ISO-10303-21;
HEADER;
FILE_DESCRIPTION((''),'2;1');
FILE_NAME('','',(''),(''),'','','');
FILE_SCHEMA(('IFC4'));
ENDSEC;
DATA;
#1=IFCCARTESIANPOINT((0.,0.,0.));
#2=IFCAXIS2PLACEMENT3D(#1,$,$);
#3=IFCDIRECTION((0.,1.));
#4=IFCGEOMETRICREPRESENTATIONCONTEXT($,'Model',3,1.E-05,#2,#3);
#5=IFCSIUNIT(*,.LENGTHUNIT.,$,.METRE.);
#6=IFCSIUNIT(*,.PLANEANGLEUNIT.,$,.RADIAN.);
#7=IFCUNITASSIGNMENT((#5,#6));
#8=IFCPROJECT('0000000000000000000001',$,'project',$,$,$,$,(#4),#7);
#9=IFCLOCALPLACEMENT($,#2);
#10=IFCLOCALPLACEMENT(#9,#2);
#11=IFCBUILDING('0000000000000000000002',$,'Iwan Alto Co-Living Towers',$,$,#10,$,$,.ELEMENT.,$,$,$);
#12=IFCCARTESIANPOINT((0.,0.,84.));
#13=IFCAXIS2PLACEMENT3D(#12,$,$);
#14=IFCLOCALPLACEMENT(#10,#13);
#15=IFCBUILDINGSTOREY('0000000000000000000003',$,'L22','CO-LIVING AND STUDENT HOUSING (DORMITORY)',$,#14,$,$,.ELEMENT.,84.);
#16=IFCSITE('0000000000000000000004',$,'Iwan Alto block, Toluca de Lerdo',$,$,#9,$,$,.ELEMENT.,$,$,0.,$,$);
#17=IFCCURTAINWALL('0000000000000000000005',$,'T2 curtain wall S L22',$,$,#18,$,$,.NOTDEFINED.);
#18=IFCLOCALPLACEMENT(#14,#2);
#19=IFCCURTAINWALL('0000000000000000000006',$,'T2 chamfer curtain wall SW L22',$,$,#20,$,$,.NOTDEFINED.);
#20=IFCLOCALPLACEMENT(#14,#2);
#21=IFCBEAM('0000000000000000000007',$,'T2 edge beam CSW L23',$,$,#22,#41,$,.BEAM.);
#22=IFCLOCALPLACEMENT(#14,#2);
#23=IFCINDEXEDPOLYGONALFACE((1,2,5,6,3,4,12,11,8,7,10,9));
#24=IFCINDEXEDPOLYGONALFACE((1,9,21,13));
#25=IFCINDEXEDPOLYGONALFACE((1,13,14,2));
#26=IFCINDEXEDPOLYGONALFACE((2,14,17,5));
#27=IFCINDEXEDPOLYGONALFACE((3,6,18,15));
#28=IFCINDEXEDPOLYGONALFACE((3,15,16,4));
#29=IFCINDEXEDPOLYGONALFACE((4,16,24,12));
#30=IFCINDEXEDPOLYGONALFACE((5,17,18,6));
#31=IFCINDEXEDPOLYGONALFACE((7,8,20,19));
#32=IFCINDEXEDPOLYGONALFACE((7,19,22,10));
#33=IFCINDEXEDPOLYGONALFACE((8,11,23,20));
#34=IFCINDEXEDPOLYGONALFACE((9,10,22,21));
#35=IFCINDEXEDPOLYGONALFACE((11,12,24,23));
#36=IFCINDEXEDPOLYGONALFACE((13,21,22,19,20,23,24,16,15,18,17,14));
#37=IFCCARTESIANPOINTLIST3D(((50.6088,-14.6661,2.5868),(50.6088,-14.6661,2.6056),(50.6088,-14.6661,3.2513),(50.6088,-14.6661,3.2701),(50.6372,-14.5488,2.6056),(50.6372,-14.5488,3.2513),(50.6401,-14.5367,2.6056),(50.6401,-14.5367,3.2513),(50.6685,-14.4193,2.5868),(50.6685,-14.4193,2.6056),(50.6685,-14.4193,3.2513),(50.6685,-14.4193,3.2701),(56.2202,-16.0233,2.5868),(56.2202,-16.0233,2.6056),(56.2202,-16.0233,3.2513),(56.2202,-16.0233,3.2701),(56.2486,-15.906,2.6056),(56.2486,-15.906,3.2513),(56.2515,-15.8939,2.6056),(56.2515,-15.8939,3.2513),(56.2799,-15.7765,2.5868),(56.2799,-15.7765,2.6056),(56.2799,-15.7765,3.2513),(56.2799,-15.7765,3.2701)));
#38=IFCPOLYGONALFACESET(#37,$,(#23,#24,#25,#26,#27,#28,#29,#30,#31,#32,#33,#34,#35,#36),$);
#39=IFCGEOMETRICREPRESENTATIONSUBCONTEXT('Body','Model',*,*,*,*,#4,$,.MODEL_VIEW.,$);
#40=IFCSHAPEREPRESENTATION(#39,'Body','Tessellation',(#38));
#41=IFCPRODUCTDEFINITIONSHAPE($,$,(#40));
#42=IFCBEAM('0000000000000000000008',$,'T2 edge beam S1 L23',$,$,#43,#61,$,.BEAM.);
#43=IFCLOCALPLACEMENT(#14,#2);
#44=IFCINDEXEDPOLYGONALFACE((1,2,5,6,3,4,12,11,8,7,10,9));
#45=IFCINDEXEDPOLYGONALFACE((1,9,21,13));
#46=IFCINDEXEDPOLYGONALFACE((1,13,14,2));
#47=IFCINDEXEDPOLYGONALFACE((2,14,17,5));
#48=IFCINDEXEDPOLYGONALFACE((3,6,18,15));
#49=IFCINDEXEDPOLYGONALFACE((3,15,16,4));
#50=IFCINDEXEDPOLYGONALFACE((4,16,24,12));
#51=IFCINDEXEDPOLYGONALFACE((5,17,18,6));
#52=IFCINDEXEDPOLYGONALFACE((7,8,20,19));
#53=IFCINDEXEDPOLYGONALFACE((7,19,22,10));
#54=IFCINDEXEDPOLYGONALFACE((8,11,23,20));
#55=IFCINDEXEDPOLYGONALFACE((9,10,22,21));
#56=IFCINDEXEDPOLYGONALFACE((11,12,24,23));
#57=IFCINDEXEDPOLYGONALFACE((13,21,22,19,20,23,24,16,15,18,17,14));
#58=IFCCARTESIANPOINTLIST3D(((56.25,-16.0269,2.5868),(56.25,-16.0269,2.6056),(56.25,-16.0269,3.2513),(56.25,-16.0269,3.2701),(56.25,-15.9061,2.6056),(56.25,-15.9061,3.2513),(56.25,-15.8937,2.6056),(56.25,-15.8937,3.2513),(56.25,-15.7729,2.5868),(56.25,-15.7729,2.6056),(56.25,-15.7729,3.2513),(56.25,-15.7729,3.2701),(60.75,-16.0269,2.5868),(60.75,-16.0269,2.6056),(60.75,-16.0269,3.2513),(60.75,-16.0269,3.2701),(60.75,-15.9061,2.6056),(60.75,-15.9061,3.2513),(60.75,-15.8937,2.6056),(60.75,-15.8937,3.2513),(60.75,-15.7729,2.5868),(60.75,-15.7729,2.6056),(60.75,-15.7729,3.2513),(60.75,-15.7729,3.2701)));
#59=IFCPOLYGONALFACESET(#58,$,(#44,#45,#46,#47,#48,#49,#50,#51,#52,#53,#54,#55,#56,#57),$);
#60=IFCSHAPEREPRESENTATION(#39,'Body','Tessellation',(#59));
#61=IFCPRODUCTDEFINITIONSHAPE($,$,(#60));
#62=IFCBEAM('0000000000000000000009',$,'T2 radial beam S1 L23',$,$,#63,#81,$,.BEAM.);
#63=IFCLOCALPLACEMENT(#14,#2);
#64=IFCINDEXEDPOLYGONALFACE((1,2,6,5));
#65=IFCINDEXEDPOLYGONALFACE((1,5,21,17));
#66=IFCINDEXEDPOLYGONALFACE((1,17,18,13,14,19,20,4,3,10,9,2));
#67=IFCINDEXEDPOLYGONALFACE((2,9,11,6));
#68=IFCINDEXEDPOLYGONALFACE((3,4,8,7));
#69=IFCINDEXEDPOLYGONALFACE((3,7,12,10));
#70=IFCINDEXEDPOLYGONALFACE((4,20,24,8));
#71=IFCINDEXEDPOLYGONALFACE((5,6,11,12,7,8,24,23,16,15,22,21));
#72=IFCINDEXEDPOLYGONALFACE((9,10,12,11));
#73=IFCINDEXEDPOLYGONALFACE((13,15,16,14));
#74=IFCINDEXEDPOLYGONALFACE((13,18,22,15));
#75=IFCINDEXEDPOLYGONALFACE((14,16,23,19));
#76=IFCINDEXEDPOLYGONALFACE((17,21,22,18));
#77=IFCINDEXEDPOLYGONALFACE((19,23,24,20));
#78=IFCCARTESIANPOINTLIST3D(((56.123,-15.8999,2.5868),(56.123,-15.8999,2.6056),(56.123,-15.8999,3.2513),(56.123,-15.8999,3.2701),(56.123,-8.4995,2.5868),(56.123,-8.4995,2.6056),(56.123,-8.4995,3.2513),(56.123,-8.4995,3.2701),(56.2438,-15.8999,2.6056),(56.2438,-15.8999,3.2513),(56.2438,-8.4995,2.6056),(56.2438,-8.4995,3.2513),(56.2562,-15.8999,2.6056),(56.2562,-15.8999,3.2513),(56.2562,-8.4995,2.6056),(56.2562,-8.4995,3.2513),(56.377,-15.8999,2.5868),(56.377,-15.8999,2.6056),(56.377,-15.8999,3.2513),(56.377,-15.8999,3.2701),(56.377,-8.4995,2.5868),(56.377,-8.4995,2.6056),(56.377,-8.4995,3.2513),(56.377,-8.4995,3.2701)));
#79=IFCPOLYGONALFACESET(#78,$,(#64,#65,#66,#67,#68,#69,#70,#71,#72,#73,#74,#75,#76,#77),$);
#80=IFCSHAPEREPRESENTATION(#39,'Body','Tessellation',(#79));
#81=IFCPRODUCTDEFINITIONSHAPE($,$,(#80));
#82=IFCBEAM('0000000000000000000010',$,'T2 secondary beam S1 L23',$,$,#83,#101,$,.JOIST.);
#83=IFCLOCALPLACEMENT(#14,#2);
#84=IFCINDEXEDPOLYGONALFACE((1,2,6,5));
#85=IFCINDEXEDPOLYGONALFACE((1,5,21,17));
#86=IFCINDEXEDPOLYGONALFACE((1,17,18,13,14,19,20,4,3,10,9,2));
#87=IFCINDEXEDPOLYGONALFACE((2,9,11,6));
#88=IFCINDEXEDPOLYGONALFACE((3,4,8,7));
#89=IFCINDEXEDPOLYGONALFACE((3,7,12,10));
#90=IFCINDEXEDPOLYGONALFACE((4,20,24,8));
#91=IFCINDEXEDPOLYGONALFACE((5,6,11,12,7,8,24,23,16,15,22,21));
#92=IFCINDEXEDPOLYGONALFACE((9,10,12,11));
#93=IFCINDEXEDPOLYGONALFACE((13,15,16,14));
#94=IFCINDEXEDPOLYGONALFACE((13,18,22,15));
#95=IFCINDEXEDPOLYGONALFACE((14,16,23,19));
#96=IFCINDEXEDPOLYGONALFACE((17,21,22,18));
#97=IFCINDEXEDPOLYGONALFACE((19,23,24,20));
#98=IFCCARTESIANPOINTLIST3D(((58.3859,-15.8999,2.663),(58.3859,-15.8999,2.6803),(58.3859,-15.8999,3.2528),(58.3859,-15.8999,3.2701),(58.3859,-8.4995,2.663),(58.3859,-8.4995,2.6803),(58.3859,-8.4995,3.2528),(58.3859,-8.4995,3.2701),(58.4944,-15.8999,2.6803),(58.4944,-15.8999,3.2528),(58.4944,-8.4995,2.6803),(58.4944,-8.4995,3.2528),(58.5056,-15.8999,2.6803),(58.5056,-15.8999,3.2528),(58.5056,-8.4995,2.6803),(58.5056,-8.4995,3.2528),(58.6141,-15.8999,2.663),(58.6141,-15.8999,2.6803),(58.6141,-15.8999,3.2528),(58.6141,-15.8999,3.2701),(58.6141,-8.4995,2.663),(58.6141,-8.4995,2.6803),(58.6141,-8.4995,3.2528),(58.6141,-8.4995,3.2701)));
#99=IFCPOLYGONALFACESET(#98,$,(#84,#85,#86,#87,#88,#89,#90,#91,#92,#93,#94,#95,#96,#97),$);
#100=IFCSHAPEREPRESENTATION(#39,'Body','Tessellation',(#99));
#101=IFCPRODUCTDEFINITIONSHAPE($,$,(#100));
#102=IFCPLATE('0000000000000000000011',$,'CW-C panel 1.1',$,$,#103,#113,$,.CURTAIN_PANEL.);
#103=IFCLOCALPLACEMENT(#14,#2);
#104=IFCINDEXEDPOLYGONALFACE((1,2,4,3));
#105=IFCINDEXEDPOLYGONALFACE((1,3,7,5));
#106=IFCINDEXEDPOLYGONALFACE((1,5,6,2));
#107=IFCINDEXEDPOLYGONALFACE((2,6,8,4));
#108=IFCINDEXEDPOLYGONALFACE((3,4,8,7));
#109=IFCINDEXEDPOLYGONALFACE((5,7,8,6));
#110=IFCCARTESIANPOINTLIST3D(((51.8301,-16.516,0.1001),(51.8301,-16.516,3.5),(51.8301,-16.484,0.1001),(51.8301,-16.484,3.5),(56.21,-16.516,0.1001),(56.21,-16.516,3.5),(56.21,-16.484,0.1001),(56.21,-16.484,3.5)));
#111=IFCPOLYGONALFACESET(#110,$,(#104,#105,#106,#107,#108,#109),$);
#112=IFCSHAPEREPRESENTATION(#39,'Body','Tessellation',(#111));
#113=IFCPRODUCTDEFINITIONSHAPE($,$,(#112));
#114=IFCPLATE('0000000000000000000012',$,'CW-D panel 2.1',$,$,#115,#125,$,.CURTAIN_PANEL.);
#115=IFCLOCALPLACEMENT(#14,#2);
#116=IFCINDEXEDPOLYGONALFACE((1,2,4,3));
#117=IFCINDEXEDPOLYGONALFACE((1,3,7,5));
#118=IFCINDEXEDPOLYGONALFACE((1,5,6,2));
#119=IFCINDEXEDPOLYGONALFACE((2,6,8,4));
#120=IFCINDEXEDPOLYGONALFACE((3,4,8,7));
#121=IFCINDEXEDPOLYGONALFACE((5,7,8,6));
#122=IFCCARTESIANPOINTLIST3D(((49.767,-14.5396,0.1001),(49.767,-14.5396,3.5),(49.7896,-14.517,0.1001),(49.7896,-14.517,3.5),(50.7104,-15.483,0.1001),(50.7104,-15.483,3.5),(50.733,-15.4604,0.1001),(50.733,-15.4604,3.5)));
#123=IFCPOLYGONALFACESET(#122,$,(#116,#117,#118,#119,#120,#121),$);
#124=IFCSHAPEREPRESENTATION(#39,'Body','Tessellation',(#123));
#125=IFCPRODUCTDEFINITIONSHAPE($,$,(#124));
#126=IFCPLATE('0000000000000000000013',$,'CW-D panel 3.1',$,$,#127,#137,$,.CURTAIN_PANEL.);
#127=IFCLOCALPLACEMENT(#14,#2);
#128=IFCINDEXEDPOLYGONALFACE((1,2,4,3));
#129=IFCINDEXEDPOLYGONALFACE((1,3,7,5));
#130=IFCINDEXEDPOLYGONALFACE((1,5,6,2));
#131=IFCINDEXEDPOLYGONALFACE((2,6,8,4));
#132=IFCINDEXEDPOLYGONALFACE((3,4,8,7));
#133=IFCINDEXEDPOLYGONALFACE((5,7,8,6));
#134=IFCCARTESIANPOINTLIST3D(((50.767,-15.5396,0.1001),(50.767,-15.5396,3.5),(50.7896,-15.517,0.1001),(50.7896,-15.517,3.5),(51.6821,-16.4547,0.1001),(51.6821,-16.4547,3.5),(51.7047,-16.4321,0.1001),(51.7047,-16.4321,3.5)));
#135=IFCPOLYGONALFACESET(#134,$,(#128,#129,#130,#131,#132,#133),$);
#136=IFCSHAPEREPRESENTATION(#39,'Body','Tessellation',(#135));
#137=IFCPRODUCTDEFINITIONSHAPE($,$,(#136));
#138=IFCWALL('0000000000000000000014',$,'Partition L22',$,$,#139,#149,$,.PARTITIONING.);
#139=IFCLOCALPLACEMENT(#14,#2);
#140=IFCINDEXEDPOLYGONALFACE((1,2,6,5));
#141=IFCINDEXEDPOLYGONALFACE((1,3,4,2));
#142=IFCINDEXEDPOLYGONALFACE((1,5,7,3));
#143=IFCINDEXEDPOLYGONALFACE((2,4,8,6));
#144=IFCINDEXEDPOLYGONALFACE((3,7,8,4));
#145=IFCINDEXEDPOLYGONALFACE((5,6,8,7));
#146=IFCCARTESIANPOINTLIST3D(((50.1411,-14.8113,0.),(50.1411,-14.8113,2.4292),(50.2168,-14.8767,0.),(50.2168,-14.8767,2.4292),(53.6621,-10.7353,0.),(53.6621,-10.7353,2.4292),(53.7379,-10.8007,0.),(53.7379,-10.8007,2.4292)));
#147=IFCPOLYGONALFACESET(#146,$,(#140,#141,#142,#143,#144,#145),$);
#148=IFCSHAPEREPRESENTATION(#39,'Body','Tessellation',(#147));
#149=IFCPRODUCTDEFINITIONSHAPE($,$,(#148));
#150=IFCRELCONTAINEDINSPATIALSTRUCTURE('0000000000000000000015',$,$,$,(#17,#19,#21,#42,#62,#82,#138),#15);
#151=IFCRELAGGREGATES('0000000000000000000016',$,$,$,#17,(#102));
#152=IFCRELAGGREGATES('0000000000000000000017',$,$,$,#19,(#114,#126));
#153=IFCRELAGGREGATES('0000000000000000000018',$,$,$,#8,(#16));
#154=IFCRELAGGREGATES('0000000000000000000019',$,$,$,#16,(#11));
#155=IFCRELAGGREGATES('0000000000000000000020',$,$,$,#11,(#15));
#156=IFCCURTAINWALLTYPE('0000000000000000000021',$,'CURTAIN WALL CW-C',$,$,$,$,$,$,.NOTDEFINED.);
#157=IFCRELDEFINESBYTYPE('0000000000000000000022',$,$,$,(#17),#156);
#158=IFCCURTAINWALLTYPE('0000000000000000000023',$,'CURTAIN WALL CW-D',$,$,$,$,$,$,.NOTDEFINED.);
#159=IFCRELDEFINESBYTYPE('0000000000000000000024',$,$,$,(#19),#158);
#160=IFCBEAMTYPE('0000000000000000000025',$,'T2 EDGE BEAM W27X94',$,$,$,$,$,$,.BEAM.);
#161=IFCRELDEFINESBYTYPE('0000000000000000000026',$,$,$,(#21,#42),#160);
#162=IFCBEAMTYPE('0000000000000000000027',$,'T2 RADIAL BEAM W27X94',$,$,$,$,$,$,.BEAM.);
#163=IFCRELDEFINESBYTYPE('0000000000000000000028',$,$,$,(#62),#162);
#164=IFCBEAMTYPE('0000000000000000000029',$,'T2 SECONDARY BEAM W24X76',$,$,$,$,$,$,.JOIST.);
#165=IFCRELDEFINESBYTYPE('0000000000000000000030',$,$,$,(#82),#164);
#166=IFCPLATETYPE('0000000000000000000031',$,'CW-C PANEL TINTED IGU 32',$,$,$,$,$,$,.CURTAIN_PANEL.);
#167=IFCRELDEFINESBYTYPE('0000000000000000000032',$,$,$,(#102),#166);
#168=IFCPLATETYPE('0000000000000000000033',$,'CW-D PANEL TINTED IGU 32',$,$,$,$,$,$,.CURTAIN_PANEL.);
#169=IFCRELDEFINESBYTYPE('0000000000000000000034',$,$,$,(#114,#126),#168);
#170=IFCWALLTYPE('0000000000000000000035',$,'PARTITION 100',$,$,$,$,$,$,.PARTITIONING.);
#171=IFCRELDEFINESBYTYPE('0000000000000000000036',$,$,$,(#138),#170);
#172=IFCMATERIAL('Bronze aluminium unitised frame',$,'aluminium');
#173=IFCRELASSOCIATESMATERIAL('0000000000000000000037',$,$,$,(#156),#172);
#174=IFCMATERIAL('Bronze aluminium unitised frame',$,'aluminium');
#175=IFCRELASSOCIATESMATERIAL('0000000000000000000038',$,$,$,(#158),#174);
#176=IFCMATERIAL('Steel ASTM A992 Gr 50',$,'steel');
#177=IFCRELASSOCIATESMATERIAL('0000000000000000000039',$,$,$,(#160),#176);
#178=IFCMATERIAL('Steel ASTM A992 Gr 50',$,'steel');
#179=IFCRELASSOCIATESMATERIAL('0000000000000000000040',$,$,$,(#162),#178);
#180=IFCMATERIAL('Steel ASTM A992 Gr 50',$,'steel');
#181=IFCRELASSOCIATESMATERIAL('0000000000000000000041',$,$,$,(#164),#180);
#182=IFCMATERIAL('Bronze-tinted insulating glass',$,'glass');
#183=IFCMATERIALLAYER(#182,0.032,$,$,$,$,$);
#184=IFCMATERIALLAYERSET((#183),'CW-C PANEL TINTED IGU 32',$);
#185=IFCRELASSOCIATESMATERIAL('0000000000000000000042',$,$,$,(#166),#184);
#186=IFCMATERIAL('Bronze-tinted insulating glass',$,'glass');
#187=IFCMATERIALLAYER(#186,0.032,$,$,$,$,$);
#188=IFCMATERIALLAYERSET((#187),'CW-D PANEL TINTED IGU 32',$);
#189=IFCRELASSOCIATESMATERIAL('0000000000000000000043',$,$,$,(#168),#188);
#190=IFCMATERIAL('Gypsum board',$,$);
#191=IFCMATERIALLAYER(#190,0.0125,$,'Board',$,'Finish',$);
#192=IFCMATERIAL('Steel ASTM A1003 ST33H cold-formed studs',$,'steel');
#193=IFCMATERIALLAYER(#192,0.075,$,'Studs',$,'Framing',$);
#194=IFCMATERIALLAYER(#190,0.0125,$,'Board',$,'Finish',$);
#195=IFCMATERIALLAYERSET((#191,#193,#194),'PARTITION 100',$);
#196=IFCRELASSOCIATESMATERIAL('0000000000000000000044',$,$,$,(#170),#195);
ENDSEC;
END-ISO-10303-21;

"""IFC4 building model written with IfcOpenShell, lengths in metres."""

from ifc_helpers import new_model, si_unit, direction, frame, frame_2d, origin, origin_2d, place, context, subcontext, project, spatial, rectangle, i_section, extrude, material, layer, layer_set, material_profile, profile_set, type_object, element, aggregate, save


model = new_model("IFC4")

# Units and contexts
model_context = context("Model", 3, precision=1e-05, world=origin(), true_north=direction((0.0, 1.0)))
body_context = subcontext(model_context, "Body", "Model", "MODEL_VIEW")
ifc_project = project(units=[si_unit("LENGTHUNIT", "METRE"), si_unit("PLANEANGLEUNIT", "RADIAN")], contexts=[model_context])

# Site, building, storey
site_placement = place(None, origin())
site = spatial("IfcSite", under=ifc_project, at=site_placement, Name="Iwan Alto block, Toluca de Lerdo", CompositionType="ELEMENT", RefElevation=0.0)
building_placement = place(site_placement, origin())
building = spatial("IfcBuilding", under=site, at=building_placement, Name="Iwan Alto Co-Living Towers", CompositionType="ELEMENT")
storey_placement = place(building_placement, frame((0.0, 0.0, 84.0)))
storey = spatial("IfcBuildingStorey", under=building, at=storey_placement, Name="L22", Description="CO-LIVING AND STUDENT HOUSING (DORMITORY)", CompositionType="ELEMENT", Elevation=84.0)

# Curtain walls
ifc_material_1 = material(Name="Bronze aluminium unitised frame", Category="aluminium")
curtain_wall_type_1 = type_object("IfcCurtainWallType", Name="CURTAIN WALL CW-C", PredefinedType="NOTDEFINED", material=ifc_material_1)
curtain_wall_1_placement = place(storey_placement, origin())
curtain_wall_1 = element("IfcCurtainWall", 1, at=curtain_wall_1_placement, inside=storey, type_object=curtain_wall_type_1, Name="T2 curtain wall S L22", PredefinedType="NOTDEFINED")
ifc_material_2 = material(Name="Bronze aluminium unitised frame", Category="aluminium")
curtain_wall_type_2 = type_object("IfcCurtainWallType", Name="CURTAIN WALL CW-D", PredefinedType="NOTDEFINED", material=ifc_material_2)
curtain_wall_2_placement = place(storey_placement, origin())
curtain_wall_2 = element("IfcCurtainWall", 2, at=curtain_wall_2_placement, inside=storey, type_object=curtain_wall_type_2, Name="T2 chamfer curtain wall SW L22", PredefinedType="NOTDEFINED")

# Beams
ifc_material_3 = material(Name="Steel ASTM A992 Gr 50", Category="steel")
ifc_material_profile_1 = material_profile(ifc_material_3, i_section(OverallWidth=0.2539, OverallDepth=0.6833, WebThickness=0.0125, FlangeThickness=0.0188, at=origin_2d()), Name="W27X94")
ifc_profile_set_1 = profile_set([ifc_material_profile_1], Name="Steel ASTM A992 Gr 50")
beam_type_1 = type_object("IfcBeamType", Name="T2 EDGE BEAM W27X94", PredefinedType="BEAM", material=ifc_profile_set_1)
beam_1_placement = place(storey_placement, frame((50.6387, -14.5427, 2.9285), z_axis=(0.971975, -0.235086, 0.0), x_axis=(0.235086, 0.971975, 0.0)))
element("IfcBeam", 3, at=beam_1_placement, inside=storey, type_object=beam_type_1, Name="T2 edge beam CSW L23", PredefinedType="BEAM", context=body_context, shape_type="SweptSolid", body=[
    extrude(i_section(OverallWidth=0.2539, OverallDepth=0.6833, WebThickness=0.0125, FlangeThickness=0.0188, at=origin_2d()), origin(), (0.0, 0.0, 1.0), 5.7732),
])
beam_2_placement = place(storey_placement, frame((56.25, -15.8999, 2.9285), z_axis=(1.0, 0.0, 0.0), x_axis=(0.0, 1.0, 0.0)))
element("IfcBeam", 4, at=beam_2_placement, inside=storey, type_object=beam_type_1, Name="T2 edge beam S1 L23", PredefinedType="BEAM", context=body_context, shape_type="SweptSolid", body=[
    extrude(i_section(OverallWidth=0.2539, OverallDepth=0.6833, WebThickness=0.0125, FlangeThickness=0.0188, at=origin_2d()), origin(), (0.0, 0.0, 1.0), 4.5),
])
ifc_material_4 = material(Name="Steel ASTM A992 Gr 50", Category="steel")
ifc_material_profile_2 = material_profile(ifc_material_4, i_section(OverallWidth=0.2539, OverallDepth=0.6833, WebThickness=0.0125, FlangeThickness=0.0188, at=origin_2d()), Name="W27X94")
ifc_profile_set_2 = profile_set([ifc_material_profile_2], Name="Steel ASTM A992 Gr 50")
beam_type_2 = type_object("IfcBeamType", Name="T2 RADIAL BEAM W27X94", PredefinedType="BEAM", material=ifc_profile_set_2)
beam_3_placement = place(storey_placement, frame((56.25, -15.8999, 2.9285), z_axis=(0.0, 1.0, 0.0), x_axis=(-1.0, 0.0, 0.0)))
element("IfcBeam", 5, at=beam_3_placement, inside=storey, type_object=beam_type_2, Name="T2 radial beam S1 L23", PredefinedType="BEAM", context=body_context, shape_type="SweptSolid", body=[
    extrude(i_section(OverallWidth=0.2539, OverallDepth=0.6833, WebThickness=0.0125, FlangeThickness=0.0188, at=origin_2d()), origin(), (0.0, 0.0, 1.0), 7.4004),
])
ifc_material_5 = material(Name="Steel ASTM A992 Gr 50", Category="steel")
ifc_material_profile_3 = material_profile(ifc_material_5, i_section(OverallWidth=0.2283, OverallDepth=0.6072, WebThickness=0.0112, FlangeThickness=0.0173, at=origin_2d()), Name="W24X76")
ifc_profile_set_3 = profile_set([ifc_material_profile_3], Name="Steel ASTM A992 Gr 50")
beam_type_3 = type_object("IfcBeamType", Name="T2 SECONDARY BEAM W24X76", PredefinedType="JOIST", material=ifc_profile_set_3)
beam_4_placement = place(storey_placement, frame((58.5, -15.8999, 2.9666), z_axis=(0.0, 1.0, 0.0), x_axis=(-1.0, 0.0, 0.0)))
element("IfcBeam", 6, at=beam_4_placement, inside=storey, type_object=beam_type_3, Name="T2 secondary beam S1 L23", PredefinedType="JOIST", context=body_context, shape_type="SweptSolid", body=[
    extrude(i_section(OverallWidth=0.2283, OverallDepth=0.6072, WebThickness=0.0112, FlangeThickness=0.0173, at=origin_2d()), origin(), (0.0, 0.0, 1.0), 7.4004),
])

# Plates
ifc_material_6 = material(Name="Bronze-tinted insulating glass", Category="glass")
ifc_layer_1 = layer(ifc_material_6, 0.032)
ifc_layer_set_1 = layer_set([ifc_layer_1], Name="CW-C PANEL TINTED IGU 32")
plate_type_1 = type_object("IfcPlateType", Name="CW-C PANEL TINTED IGU 32", PredefinedType="CURTAIN_PANEL", material=ifc_layer_set_1)
plate_1_placement = place(storey_placement, frame((54.02, -16.5, 0.1001), z_axis=(0.0, 0.0, 1.0), x_axis=(1.0, 0.0, 0.0)))
plate_1 = element("IfcPlate", 7, at=plate_1_placement, type_object=plate_type_1, Name="CW-C panel 1.1", PredefinedType="CURTAIN_PANEL", context=body_context, shape_type="SweptSolid", body=[
    extrude(rectangle(XDim=4.3799, YDim=0.032, at=origin_2d()), origin(), (0.0, 0.0, 1.0), 3.3999),
])
aggregate(curtain_wall_1, [plate_1])
ifc_material_7 = material(Name="Bronze-tinted insulating glass", Category="glass")
ifc_layer_2 = layer(ifc_material_7, 0.032)
ifc_layer_set_2 = layer_set([ifc_layer_2], Name="CW-D PANEL TINTED IGU 32")
plate_type_2 = type_object("IfcPlateType", Name="CW-D PANEL TINTED IGU 32", PredefinedType="CURTAIN_PANEL", material=ifc_layer_set_2)
plate_2_placement = place(storey_placement, frame((50.25, -15.0, 0.1001), z_axis=(0.0, 0.0, 1.0), x_axis=(0.707107, -0.707107, 0.0)))
plate_2 = element("IfcPlate", 8, at=plate_2_placement, type_object=plate_type_2, Name="CW-D panel 2.1", PredefinedType="CURTAIN_PANEL", context=body_context, shape_type="SweptSolid", body=[
    extrude(rectangle(XDim=1.3342, YDim=0.032, at=origin_2d()), origin(), (0.0, 0.0, 1.0), 3.3999),
])
plate_3_placement = place(storey_placement, frame((51.2358, -15.9858, 0.1001), z_axis=(0.0, 0.0, 1.0), x_axis=(0.707107, -0.707107, 0.0)))
plate_3 = element("IfcPlate", 9, at=plate_3_placement, type_object=plate_type_2, Name="CW-D panel 3.1", PredefinedType="CURTAIN_PANEL", context=body_context, shape_type="SweptSolid", body=[
    extrude(rectangle(XDim=1.2942, YDim=0.032, at=origin_2d()), origin(), (0.0, 0.0, 1.0), 3.3999),
])
aggregate(curtain_wall_2, [plate_2, plate_3])

# Wall
ifc_material_8 = material(Name="Gypsum board")
ifc_layer_3 = layer(ifc_material_8, 0.0125, Name="Board", Category="Finish")
ifc_material_9 = material(Name="Steel ASTM A1003 ST33H cold-formed studs", Category="steel")
ifc_layer_4 = layer(ifc_material_9, 0.075, Name="Studs", Category="Framing")
ifc_layer_5 = layer(ifc_material_8, 0.0125, Name="Board", Category="Finish")
ifc_layer_set_3 = layer_set([ifc_layer_3, ifc_layer_4, ifc_layer_5], Name="PARTITION 100")
wall_type = type_object("IfcWallType", Name="PARTITION 100", PredefinedType="PARTITIONING", material=ifc_layer_set_3)
wall_1_placement = place(storey_placement, frame((50.179, -14.844, 0.0), z_axis=(0.0, 0.0, 1.0), x_axis=(0.653713, 0.756742, 0.0)))
element("IfcWall", 10, at=wall_1_placement, inside=storey, type_object=wall_type, Name="Partition L22", PredefinedType="PARTITIONING", context=body_context, shape_type="SweptSolid", body=[
    extrude(rectangle(XDim=5.3862, YDim=0.1001, at=frame_2d((2.6931, 0.0))), origin(), (0.0, 0.0, 1.0), 2.4292),
])

save(model, "model.ifc")
